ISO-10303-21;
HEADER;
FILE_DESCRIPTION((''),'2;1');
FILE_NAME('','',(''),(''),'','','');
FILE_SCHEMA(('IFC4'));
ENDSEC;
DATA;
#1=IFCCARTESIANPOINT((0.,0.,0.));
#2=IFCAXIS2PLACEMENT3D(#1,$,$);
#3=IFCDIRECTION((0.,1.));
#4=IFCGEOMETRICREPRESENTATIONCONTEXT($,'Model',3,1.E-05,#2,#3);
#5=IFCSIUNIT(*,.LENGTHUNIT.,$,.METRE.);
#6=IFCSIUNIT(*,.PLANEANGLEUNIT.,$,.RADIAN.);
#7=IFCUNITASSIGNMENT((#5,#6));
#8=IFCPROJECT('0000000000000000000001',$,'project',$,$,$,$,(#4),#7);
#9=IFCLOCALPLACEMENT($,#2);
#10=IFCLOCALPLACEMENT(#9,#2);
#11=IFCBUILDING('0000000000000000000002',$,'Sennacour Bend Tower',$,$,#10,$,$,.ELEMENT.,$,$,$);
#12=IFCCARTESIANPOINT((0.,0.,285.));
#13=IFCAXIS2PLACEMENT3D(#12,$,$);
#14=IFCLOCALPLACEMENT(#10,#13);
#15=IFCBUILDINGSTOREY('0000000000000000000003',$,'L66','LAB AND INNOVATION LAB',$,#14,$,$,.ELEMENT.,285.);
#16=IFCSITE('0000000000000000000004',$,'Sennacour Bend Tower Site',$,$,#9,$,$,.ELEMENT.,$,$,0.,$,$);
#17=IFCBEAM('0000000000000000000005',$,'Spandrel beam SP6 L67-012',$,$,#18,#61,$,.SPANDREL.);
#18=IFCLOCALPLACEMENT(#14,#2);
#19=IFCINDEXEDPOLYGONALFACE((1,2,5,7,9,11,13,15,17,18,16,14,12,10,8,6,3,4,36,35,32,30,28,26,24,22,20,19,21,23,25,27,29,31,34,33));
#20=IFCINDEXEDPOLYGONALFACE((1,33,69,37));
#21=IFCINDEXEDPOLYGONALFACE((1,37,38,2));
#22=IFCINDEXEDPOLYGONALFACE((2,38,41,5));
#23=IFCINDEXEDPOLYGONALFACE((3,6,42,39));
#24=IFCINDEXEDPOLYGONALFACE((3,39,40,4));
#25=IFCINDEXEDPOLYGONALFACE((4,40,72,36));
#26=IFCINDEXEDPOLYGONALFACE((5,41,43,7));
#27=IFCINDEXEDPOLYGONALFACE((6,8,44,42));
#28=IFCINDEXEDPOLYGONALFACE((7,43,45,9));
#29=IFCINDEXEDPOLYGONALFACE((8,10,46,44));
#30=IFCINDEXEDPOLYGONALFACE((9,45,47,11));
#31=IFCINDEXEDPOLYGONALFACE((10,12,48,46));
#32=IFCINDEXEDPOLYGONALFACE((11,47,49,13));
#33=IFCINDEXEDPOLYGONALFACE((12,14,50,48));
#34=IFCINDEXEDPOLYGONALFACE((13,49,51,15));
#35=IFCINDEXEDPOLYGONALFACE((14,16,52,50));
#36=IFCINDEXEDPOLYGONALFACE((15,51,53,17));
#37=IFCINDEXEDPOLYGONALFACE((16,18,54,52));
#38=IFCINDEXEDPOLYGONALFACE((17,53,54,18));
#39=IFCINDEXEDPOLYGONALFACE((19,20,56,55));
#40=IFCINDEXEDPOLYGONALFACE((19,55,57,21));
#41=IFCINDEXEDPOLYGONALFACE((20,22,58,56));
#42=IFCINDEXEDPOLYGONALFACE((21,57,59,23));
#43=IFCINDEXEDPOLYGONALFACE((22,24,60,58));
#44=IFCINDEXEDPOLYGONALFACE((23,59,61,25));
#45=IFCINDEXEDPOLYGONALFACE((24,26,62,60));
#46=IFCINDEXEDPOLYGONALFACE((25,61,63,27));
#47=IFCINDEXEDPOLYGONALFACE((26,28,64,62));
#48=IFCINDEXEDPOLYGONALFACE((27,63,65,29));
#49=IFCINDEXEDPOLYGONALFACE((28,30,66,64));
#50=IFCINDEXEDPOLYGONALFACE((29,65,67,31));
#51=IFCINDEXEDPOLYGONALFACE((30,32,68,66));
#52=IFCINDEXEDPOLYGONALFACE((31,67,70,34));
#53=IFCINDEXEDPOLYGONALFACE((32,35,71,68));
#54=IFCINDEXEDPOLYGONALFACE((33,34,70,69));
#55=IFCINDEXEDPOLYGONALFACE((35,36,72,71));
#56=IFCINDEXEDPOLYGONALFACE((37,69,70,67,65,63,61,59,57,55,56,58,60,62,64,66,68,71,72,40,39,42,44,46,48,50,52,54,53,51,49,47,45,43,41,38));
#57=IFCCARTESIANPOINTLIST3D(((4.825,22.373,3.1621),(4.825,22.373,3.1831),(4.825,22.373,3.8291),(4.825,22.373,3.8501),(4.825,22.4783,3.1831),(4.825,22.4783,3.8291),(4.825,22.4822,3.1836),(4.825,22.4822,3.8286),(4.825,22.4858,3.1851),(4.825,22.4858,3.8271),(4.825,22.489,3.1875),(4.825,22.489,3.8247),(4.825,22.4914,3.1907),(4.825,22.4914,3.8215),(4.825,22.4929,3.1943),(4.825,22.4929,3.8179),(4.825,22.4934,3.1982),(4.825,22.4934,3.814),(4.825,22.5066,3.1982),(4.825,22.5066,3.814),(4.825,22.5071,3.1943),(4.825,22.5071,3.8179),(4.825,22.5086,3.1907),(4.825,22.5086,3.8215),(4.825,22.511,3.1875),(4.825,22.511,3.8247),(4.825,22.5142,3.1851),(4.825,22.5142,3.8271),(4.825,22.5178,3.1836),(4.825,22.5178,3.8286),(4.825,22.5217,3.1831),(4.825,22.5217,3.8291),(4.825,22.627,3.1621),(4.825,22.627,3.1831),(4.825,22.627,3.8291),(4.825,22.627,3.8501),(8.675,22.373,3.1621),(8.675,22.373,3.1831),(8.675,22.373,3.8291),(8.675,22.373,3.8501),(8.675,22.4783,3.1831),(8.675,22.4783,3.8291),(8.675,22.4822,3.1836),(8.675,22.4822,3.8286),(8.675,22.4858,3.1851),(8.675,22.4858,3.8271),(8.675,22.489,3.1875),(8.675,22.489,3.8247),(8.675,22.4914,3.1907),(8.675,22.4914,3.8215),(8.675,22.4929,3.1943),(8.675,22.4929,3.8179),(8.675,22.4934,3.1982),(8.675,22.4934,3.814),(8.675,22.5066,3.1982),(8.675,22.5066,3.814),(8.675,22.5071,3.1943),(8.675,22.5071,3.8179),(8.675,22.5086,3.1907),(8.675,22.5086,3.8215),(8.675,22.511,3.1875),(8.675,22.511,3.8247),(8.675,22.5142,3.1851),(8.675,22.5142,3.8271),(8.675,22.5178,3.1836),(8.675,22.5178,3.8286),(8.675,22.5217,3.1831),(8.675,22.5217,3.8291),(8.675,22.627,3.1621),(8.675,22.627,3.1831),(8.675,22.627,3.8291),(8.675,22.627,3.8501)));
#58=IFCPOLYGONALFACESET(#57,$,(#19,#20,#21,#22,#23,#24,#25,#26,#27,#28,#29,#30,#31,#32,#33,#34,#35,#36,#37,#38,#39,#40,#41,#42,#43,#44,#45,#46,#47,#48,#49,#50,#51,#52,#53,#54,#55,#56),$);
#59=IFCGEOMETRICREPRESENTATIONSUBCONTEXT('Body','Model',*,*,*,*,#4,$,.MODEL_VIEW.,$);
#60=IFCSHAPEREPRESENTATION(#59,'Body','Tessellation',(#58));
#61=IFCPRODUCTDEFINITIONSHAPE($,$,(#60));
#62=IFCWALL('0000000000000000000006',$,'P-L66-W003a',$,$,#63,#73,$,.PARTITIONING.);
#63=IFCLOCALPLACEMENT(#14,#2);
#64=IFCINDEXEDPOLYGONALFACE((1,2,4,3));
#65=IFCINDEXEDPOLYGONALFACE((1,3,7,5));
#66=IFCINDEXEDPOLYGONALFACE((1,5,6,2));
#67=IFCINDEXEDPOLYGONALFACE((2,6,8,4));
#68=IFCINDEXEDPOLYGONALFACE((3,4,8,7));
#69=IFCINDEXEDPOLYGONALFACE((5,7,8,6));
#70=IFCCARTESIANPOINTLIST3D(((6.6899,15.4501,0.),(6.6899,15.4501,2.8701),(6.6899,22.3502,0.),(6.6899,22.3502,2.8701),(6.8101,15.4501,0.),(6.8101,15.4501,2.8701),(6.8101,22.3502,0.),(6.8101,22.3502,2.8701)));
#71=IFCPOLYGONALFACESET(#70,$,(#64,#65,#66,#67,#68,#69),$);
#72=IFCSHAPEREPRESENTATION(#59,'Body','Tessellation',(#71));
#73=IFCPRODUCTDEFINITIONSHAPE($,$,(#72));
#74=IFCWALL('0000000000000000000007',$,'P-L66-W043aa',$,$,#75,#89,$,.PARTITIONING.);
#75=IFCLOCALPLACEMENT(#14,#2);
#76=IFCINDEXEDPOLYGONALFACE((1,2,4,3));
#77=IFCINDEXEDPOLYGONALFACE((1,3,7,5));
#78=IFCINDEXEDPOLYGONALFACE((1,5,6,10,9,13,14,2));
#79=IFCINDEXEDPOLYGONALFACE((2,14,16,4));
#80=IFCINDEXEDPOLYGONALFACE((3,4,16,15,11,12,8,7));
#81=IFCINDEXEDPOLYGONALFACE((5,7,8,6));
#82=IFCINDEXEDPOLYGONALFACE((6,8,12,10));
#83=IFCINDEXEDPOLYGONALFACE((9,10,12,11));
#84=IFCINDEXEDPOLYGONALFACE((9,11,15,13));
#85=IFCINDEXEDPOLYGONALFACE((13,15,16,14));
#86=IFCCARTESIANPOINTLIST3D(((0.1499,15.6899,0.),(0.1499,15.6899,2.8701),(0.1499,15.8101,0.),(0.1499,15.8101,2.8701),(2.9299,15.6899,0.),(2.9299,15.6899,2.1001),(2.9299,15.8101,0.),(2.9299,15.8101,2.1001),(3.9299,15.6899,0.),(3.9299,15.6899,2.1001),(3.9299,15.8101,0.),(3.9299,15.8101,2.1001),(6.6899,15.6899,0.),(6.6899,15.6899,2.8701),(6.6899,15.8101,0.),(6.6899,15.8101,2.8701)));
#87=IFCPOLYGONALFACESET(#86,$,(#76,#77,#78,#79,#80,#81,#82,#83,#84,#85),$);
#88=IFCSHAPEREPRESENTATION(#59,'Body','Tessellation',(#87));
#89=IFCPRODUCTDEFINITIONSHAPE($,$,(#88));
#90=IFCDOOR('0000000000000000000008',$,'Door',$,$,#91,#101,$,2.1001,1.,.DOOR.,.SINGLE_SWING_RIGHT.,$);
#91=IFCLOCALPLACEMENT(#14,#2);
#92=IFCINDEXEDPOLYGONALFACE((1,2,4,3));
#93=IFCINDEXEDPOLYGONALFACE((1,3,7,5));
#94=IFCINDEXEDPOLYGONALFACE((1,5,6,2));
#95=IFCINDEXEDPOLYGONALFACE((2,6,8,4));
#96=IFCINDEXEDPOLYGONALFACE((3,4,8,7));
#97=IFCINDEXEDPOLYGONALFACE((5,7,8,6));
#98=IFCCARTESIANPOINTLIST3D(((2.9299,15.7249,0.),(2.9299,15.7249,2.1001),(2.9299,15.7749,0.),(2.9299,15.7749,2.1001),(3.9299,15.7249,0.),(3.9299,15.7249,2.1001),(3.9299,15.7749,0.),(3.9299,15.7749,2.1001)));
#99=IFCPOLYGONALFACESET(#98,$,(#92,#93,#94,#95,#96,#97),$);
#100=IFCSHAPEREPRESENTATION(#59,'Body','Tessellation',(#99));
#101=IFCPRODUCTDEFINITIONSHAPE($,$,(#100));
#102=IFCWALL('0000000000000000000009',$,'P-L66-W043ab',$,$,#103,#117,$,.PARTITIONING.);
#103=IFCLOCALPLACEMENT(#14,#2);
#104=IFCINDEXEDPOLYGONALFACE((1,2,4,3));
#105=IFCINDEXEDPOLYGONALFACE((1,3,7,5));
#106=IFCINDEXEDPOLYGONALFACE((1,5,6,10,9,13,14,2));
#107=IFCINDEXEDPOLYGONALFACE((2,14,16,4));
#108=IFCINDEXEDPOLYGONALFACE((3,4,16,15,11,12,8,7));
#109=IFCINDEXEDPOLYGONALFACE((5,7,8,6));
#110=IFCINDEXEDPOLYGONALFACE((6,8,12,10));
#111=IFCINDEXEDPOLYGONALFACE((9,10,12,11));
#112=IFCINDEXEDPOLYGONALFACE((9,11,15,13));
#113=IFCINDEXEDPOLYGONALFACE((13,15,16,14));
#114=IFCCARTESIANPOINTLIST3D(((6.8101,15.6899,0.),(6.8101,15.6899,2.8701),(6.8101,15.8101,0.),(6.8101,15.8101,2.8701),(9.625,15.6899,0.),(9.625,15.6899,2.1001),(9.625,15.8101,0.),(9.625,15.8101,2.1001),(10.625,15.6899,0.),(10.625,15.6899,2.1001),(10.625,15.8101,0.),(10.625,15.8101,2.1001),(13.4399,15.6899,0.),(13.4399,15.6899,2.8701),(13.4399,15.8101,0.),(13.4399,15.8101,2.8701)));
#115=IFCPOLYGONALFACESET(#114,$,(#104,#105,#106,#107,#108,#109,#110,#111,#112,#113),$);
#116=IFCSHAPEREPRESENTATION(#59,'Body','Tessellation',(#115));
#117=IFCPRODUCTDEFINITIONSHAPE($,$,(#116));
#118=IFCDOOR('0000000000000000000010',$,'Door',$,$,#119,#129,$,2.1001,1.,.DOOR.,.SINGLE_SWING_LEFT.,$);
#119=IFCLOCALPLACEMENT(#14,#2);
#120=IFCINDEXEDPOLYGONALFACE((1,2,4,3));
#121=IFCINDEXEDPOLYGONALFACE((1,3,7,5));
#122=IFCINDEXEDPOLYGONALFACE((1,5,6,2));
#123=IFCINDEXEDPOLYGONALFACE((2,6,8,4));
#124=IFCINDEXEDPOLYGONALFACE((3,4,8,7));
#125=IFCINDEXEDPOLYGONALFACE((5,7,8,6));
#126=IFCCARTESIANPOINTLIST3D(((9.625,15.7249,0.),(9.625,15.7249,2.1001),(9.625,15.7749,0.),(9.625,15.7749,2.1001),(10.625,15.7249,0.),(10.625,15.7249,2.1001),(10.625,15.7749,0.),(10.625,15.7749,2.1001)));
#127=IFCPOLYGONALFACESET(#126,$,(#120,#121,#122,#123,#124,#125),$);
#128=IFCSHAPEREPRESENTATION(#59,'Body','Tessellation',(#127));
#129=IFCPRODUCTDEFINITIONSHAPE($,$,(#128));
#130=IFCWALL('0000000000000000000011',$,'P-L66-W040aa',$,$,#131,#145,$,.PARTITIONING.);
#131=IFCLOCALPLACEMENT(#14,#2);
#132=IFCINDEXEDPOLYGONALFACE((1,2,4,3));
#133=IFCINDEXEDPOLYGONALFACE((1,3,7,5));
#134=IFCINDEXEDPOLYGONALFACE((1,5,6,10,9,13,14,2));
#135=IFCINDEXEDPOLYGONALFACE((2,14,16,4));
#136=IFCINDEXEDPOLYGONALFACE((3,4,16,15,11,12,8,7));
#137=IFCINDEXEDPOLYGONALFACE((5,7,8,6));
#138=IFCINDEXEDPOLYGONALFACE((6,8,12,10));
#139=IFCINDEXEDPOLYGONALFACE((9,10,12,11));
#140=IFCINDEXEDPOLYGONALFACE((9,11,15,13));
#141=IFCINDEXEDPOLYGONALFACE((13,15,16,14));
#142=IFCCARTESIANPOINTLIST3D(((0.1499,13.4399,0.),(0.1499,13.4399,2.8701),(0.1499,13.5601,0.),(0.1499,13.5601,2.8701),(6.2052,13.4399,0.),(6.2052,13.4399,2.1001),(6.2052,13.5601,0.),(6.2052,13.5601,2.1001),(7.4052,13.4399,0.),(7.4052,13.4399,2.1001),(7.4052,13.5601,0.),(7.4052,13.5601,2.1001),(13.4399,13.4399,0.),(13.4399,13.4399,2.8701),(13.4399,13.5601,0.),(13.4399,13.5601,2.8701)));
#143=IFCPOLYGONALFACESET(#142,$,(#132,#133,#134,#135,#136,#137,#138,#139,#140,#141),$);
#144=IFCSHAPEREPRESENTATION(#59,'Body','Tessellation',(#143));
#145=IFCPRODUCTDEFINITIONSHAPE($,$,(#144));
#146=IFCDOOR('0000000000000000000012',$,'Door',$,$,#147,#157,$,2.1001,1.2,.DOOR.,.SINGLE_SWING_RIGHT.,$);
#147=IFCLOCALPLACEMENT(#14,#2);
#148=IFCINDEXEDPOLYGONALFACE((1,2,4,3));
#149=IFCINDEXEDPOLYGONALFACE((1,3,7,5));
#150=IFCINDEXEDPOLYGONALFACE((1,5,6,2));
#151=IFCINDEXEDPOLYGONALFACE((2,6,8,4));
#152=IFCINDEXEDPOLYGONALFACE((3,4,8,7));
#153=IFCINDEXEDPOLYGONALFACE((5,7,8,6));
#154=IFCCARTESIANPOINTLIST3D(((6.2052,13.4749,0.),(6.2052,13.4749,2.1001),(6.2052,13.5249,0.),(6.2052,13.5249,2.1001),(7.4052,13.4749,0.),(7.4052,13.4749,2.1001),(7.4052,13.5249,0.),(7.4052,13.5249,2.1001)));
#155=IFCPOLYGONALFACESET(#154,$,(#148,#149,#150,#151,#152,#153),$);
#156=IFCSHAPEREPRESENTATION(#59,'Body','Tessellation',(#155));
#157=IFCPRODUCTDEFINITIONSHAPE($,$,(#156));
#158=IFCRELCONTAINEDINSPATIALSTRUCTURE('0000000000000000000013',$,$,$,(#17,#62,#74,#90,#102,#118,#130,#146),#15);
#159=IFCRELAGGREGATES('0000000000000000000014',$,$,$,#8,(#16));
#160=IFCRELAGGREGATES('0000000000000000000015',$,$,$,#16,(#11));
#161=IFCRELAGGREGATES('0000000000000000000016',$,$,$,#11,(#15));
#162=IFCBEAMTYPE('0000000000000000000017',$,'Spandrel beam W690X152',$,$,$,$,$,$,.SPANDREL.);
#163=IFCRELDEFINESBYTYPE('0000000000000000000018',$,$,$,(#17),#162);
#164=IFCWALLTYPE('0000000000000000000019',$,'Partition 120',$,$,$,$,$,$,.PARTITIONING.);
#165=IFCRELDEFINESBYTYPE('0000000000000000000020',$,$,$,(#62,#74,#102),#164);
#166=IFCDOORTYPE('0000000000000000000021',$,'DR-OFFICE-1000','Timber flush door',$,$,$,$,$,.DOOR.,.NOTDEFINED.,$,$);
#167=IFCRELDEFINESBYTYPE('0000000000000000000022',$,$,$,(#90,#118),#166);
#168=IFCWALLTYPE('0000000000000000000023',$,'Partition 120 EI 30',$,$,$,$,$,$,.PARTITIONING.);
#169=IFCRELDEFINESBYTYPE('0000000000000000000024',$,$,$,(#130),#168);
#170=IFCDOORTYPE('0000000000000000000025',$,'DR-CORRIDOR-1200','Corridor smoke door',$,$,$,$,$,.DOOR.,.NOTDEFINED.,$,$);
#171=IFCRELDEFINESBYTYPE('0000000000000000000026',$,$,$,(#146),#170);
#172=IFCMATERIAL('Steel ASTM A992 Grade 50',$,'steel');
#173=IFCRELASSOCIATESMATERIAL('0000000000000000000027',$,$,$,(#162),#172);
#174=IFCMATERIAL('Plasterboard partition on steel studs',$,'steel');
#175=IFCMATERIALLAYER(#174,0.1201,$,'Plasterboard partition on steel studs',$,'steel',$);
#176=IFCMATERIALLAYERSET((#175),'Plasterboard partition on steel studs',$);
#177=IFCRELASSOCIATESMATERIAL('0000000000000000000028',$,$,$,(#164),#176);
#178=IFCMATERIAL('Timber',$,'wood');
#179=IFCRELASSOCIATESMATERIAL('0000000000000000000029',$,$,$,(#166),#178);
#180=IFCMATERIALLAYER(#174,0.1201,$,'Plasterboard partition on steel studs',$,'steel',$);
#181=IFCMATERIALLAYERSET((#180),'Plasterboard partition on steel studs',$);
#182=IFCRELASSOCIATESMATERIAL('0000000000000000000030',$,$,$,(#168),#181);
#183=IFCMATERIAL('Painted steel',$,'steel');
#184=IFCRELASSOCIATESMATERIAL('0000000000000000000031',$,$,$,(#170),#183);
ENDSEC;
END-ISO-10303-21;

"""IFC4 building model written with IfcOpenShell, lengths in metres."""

from ifc_helpers import new_model, si_unit, direction, frame, frame_2d, origin, origin_2d, place, context, subcontext, project, spatial, rectangle, i_section, extrude, material, layer, layer_set, material_profile, profile_set, type_object, element, fill, save


model = new_model("IFC4")

# Units and contexts
model_context = context("Model", 3, precision=1e-05, world=origin(), true_north=direction((0.0, 1.0)))
body_context = subcontext(model_context, "Body", "Model", "MODEL_VIEW")
ifc_project = project(units=[si_unit("LENGTHUNIT", "METRE"), si_unit("PLANEANGLEUNIT", "RADIAN")], contexts=[model_context])

# Site, building, storey
site_placement = place(None, origin())
site = spatial("IfcSite", under=ifc_project, at=site_placement, Name="Sennacour Bend Tower Site", CompositionType="ELEMENT", RefElevation=0.0)
building_placement = place(site_placement, origin())
building = spatial("IfcBuilding", under=site, at=building_placement, Name="Sennacour Bend Tower", CompositionType="ELEMENT")
storey_placement = place(building_placement, frame((0.0, 0.0, 285.0)))
storey = spatial("IfcBuildingStorey", under=building, at=storey_placement, Name="L66", Description="LAB AND INNOVATION LAB", CompositionType="ELEMENT", Elevation=285.0)

# Beam
ifc_material_1 = material(Name="Steel ASTM A992 Grade 50", Category="steel")
ifc_material_profile_1 = material_profile(ifc_material_1, i_section(OverallWidth=0.2539, OverallDepth=0.688, WebThickness=0.0132, FlangeThickness=0.021, FilletRadius=0.0151, at=origin_2d()), Name="Steel ASTM A992 Grade 50", Category="steel")
ifc_profile_set_1 = profile_set([ifc_material_profile_1], Name="Steel ASTM A992 Grade 50")
beam_type = type_object("IfcBeamType", Name="Spandrel beam W690X152", PredefinedType="SPANDREL", material=ifc_profile_set_1)
for number, where, z_axis, x_axis, name in (
    (1, (4.825, 22.5, 3.5061), (1.0, 0.0, 0.0), (0.0, 1.0, 0.0), "Spandrel beam SP6 L67-012"),
):
    element("IfcBeam", number, at=place(storey_placement, frame(where, z_axis=z_axis, x_axis=x_axis)), inside=storey, type_object=beam_type, Name=name, PredefinedType="SPANDREL", context=body_context, shape_type="SweptSolid", body=[
        extrude(i_section(OverallWidth=0.2539, OverallDepth=0.688, WebThickness=0.0132, FlangeThickness=0.021, FilletRadius=0.0151, at=origin_2d()), origin(), (0.0, 0.0, 1.0), 3.8501),
    ])

# Wall
ifc_material_2 = material(Name="Plasterboard partition on steel studs", Category="steel")
ifc_layer_1 = layer(ifc_material_2, 0.1201, Name="Plasterboard partition on steel studs", Category="steel")
ifc_layer_set_1 = layer_set([ifc_layer_1], Name="Plasterboard partition on steel studs")
wall_type_1 = type_object("IfcWallType", Name="Partition 120", PredefinedType="PARTITIONING", material=ifc_layer_set_1)
wall_1_placement = place(storey_placement, frame((6.75, 15.45, 0.0), z_axis=(0.0, 0.0, 1.0), x_axis=(0.0, 1.0, 0.0)))
element("IfcWall", 2, at=wall_1_placement, inside=storey, type_object=wall_type_1, Name="P-L66-W003a", PredefinedType="PARTITIONING", context=body_context, shape_type="SweptSolid", body=[
    extrude(rectangle(XDim=6.9001, YDim=0.1201, at=frame_2d((3.4502, 0.0))), origin(), (0.0, 0.0, 1.0), 2.8701),
])

# Walls, openings, doors
wall_2_placement = place(storey_placement, frame((0.1499, 15.75, 0.0), z_axis=(0.0, 0.0, 1.0), x_axis=(1.0, 0.0, 0.0)))
wall_2 = element("IfcWall", 3, at=wall_2_placement, inside=storey, type_object=wall_type_1, Name="P-L66-W043aa", PredefinedType="PARTITIONING", context=body_context, shape_type="SweptSolid", body=[
    extrude(rectangle(XDim=6.54, YDim=0.1201, at=frame_2d((3.27, 0.0))), origin(), (0.0, 0.0, 1.0), 2.8701),
])
opening_1_placement = place(wall_2_placement, frame((2.78, 0.0, 0.0)))
opening_1 = element("IfcOpeningElement", 4, at=opening_1_placement, cuts=wall_2, PredefinedType="OPENING", context=body_context, shape_type="SweptSolid", body=[
    extrude(rectangle(XDim=1.0, YDim=2.1001, at=frame_2d((0.5, 1.05))), frame((0.0, 0.0701, 0.0), z_axis=(0.0, -1.0, 0.0), x_axis=(1.0, 0.0, 0.0)), (0.0, 0.0, 1.0), 0.1401),
])
ifc_material_3 = material(Name="Timber", Category="wood")
door_type_1 = type_object("IfcDoorType", Name="DR-OFFICE-1000", Description="Timber flush door", OperationType="NOTDEFINED", PredefinedType="DOOR", material=ifc_material_3)
door_1_placement = place(opening_1_placement, origin())
door_1 = element("IfcDoor", 5, at=door_1_placement, inside=storey, type_object=door_type_1, Name="Door", OperationType="SINGLE_SWING_RIGHT", OverallHeight=2.1001, OverallWidth=1.0, PredefinedType="DOOR", context=body_context, shape_type="SweptSolid", body=[
    extrude(rectangle(XDim=1.0, YDim=2.1001, at=frame_2d((0.5, 1.05))), frame((0.0, 0.0249, 0.0), z_axis=(0.0, -1.0, 0.0), x_axis=(1.0, 0.0, 0.0)), (0.0, 0.0, 1.0), 0.05),
])
fill(opening_1, door_1)
wall_3_placement = place(storey_placement, frame((6.8101, 15.75, 0.0), z_axis=(0.0, 0.0, 1.0), x_axis=(1.0, 0.0, 0.0)))
wall_3 = element("IfcWall", 6, at=wall_3_placement, inside=storey, type_object=wall_type_1, Name="P-L66-W043ab", PredefinedType="PARTITIONING", context=body_context, shape_type="SweptSolid", body=[
    extrude(rectangle(XDim=6.6299, YDim=0.1201, at=frame_2d((3.3149, 0.0))), origin(), (0.0, 0.0, 1.0), 2.8701),
])
opening_2_placement = place(wall_3_placement, frame((2.8149, 0.0, 0.0)))
opening_2 = element("IfcOpeningElement", 7, at=opening_2_placement, cuts=wall_3, PredefinedType="OPENING", context=body_context, shape_type="SweptSolid", body=[
    extrude(rectangle(XDim=1.0, YDim=2.1001, at=frame_2d((0.5, 1.05))), frame((0.0, 0.0701, 0.0), z_axis=(0.0, -1.0, 0.0), x_axis=(1.0, 0.0, 0.0)), (0.0, 0.0, 1.0), 0.1401),
])
door_2_placement = place(opening_2_placement, origin())
door_2 = element("IfcDoor", 8, at=door_2_placement, inside=storey, type_object=door_type_1, Name="Door", OperationType="SINGLE_SWING_LEFT", OverallHeight=2.1001, OverallWidth=1.0, PredefinedType="DOOR", context=body_context, shape_type="SweptSolid", body=[
    extrude(rectangle(XDim=1.0, YDim=2.1001, at=frame_2d((0.5, 1.05))), frame((0.0, 0.0249, 0.0), z_axis=(0.0, -1.0, 0.0), x_axis=(1.0, 0.0, 0.0)), (0.0, 0.0, 1.0), 0.05),
])
fill(opening_2, door_2)
ifc_layer_2 = layer(ifc_material_2, 0.1201, Name="Plasterboard partition on steel studs", Category="steel")
ifc_layer_set_2 = layer_set([ifc_layer_2], Name="Plasterboard partition on steel studs")
wall_type_2 = type_object("IfcWallType", Name="Partition 120 EI 30", PredefinedType="PARTITIONING", material=ifc_layer_set_2)
wall_4_placement = place(storey_placement, frame((0.1499, 13.5, 0.0), z_axis=(0.0, 0.0, 1.0), x_axis=(1.0, 0.0, 0.0)))
wall_4 = element("IfcWall", 9, at=wall_4_placement, inside=storey, type_object=wall_type_2, Name="P-L66-W040aa", PredefinedType="PARTITIONING", context=body_context, shape_type="SweptSolid", body=[
    extrude(rectangle(XDim=13.29, YDim=0.1201, at=frame_2d((6.645, 0.0))), origin(), (0.0, 0.0, 1.0), 2.8701),
])
opening_3_placement = place(wall_4_placement, frame((6.0552, 0.0, 0.0)))
opening_3 = element("IfcOpeningElement", 10, at=opening_3_placement, cuts=wall_4, PredefinedType="OPENING", context=body_context, shape_type="SweptSolid", body=[
    extrude(rectangle(XDim=1.2, YDim=2.1001, at=frame_2d((0.6001, 1.05))), frame((0.0, 0.0701, 0.0), z_axis=(0.0, -1.0, 0.0), x_axis=(1.0, 0.0, 0.0)), (0.0, 0.0, 1.0), 0.1401),
])
ifc_material_4 = material(Name="Painted steel", Category="steel")
door_type_2 = type_object("IfcDoorType", Name="DR-CORRIDOR-1200", Description="Corridor smoke door", OperationType="NOTDEFINED", PredefinedType="DOOR", material=ifc_material_4)
door_3_placement = place(opening_3_placement, origin())
door_3 = element("IfcDoor", 11, at=door_3_placement, inside=storey, type_object=door_type_2, Name="Door", OperationType="SINGLE_SWING_RIGHT", OverallHeight=2.1001, OverallWidth=1.2, PredefinedType="DOOR", context=body_context, shape_type="SweptSolid", body=[
    extrude(rectangle(XDim=1.2, YDim=2.1001, at=frame_2d((0.6001, 1.05))), frame((0.0, 0.0249, 0.0), z_axis=(0.0, -1.0, 0.0), x_axis=(1.0, 0.0, 0.0)), (0.0, 0.0, 1.0), 0.05),
])
fill(opening_3, door_3)

save(model, "model.ifc")
